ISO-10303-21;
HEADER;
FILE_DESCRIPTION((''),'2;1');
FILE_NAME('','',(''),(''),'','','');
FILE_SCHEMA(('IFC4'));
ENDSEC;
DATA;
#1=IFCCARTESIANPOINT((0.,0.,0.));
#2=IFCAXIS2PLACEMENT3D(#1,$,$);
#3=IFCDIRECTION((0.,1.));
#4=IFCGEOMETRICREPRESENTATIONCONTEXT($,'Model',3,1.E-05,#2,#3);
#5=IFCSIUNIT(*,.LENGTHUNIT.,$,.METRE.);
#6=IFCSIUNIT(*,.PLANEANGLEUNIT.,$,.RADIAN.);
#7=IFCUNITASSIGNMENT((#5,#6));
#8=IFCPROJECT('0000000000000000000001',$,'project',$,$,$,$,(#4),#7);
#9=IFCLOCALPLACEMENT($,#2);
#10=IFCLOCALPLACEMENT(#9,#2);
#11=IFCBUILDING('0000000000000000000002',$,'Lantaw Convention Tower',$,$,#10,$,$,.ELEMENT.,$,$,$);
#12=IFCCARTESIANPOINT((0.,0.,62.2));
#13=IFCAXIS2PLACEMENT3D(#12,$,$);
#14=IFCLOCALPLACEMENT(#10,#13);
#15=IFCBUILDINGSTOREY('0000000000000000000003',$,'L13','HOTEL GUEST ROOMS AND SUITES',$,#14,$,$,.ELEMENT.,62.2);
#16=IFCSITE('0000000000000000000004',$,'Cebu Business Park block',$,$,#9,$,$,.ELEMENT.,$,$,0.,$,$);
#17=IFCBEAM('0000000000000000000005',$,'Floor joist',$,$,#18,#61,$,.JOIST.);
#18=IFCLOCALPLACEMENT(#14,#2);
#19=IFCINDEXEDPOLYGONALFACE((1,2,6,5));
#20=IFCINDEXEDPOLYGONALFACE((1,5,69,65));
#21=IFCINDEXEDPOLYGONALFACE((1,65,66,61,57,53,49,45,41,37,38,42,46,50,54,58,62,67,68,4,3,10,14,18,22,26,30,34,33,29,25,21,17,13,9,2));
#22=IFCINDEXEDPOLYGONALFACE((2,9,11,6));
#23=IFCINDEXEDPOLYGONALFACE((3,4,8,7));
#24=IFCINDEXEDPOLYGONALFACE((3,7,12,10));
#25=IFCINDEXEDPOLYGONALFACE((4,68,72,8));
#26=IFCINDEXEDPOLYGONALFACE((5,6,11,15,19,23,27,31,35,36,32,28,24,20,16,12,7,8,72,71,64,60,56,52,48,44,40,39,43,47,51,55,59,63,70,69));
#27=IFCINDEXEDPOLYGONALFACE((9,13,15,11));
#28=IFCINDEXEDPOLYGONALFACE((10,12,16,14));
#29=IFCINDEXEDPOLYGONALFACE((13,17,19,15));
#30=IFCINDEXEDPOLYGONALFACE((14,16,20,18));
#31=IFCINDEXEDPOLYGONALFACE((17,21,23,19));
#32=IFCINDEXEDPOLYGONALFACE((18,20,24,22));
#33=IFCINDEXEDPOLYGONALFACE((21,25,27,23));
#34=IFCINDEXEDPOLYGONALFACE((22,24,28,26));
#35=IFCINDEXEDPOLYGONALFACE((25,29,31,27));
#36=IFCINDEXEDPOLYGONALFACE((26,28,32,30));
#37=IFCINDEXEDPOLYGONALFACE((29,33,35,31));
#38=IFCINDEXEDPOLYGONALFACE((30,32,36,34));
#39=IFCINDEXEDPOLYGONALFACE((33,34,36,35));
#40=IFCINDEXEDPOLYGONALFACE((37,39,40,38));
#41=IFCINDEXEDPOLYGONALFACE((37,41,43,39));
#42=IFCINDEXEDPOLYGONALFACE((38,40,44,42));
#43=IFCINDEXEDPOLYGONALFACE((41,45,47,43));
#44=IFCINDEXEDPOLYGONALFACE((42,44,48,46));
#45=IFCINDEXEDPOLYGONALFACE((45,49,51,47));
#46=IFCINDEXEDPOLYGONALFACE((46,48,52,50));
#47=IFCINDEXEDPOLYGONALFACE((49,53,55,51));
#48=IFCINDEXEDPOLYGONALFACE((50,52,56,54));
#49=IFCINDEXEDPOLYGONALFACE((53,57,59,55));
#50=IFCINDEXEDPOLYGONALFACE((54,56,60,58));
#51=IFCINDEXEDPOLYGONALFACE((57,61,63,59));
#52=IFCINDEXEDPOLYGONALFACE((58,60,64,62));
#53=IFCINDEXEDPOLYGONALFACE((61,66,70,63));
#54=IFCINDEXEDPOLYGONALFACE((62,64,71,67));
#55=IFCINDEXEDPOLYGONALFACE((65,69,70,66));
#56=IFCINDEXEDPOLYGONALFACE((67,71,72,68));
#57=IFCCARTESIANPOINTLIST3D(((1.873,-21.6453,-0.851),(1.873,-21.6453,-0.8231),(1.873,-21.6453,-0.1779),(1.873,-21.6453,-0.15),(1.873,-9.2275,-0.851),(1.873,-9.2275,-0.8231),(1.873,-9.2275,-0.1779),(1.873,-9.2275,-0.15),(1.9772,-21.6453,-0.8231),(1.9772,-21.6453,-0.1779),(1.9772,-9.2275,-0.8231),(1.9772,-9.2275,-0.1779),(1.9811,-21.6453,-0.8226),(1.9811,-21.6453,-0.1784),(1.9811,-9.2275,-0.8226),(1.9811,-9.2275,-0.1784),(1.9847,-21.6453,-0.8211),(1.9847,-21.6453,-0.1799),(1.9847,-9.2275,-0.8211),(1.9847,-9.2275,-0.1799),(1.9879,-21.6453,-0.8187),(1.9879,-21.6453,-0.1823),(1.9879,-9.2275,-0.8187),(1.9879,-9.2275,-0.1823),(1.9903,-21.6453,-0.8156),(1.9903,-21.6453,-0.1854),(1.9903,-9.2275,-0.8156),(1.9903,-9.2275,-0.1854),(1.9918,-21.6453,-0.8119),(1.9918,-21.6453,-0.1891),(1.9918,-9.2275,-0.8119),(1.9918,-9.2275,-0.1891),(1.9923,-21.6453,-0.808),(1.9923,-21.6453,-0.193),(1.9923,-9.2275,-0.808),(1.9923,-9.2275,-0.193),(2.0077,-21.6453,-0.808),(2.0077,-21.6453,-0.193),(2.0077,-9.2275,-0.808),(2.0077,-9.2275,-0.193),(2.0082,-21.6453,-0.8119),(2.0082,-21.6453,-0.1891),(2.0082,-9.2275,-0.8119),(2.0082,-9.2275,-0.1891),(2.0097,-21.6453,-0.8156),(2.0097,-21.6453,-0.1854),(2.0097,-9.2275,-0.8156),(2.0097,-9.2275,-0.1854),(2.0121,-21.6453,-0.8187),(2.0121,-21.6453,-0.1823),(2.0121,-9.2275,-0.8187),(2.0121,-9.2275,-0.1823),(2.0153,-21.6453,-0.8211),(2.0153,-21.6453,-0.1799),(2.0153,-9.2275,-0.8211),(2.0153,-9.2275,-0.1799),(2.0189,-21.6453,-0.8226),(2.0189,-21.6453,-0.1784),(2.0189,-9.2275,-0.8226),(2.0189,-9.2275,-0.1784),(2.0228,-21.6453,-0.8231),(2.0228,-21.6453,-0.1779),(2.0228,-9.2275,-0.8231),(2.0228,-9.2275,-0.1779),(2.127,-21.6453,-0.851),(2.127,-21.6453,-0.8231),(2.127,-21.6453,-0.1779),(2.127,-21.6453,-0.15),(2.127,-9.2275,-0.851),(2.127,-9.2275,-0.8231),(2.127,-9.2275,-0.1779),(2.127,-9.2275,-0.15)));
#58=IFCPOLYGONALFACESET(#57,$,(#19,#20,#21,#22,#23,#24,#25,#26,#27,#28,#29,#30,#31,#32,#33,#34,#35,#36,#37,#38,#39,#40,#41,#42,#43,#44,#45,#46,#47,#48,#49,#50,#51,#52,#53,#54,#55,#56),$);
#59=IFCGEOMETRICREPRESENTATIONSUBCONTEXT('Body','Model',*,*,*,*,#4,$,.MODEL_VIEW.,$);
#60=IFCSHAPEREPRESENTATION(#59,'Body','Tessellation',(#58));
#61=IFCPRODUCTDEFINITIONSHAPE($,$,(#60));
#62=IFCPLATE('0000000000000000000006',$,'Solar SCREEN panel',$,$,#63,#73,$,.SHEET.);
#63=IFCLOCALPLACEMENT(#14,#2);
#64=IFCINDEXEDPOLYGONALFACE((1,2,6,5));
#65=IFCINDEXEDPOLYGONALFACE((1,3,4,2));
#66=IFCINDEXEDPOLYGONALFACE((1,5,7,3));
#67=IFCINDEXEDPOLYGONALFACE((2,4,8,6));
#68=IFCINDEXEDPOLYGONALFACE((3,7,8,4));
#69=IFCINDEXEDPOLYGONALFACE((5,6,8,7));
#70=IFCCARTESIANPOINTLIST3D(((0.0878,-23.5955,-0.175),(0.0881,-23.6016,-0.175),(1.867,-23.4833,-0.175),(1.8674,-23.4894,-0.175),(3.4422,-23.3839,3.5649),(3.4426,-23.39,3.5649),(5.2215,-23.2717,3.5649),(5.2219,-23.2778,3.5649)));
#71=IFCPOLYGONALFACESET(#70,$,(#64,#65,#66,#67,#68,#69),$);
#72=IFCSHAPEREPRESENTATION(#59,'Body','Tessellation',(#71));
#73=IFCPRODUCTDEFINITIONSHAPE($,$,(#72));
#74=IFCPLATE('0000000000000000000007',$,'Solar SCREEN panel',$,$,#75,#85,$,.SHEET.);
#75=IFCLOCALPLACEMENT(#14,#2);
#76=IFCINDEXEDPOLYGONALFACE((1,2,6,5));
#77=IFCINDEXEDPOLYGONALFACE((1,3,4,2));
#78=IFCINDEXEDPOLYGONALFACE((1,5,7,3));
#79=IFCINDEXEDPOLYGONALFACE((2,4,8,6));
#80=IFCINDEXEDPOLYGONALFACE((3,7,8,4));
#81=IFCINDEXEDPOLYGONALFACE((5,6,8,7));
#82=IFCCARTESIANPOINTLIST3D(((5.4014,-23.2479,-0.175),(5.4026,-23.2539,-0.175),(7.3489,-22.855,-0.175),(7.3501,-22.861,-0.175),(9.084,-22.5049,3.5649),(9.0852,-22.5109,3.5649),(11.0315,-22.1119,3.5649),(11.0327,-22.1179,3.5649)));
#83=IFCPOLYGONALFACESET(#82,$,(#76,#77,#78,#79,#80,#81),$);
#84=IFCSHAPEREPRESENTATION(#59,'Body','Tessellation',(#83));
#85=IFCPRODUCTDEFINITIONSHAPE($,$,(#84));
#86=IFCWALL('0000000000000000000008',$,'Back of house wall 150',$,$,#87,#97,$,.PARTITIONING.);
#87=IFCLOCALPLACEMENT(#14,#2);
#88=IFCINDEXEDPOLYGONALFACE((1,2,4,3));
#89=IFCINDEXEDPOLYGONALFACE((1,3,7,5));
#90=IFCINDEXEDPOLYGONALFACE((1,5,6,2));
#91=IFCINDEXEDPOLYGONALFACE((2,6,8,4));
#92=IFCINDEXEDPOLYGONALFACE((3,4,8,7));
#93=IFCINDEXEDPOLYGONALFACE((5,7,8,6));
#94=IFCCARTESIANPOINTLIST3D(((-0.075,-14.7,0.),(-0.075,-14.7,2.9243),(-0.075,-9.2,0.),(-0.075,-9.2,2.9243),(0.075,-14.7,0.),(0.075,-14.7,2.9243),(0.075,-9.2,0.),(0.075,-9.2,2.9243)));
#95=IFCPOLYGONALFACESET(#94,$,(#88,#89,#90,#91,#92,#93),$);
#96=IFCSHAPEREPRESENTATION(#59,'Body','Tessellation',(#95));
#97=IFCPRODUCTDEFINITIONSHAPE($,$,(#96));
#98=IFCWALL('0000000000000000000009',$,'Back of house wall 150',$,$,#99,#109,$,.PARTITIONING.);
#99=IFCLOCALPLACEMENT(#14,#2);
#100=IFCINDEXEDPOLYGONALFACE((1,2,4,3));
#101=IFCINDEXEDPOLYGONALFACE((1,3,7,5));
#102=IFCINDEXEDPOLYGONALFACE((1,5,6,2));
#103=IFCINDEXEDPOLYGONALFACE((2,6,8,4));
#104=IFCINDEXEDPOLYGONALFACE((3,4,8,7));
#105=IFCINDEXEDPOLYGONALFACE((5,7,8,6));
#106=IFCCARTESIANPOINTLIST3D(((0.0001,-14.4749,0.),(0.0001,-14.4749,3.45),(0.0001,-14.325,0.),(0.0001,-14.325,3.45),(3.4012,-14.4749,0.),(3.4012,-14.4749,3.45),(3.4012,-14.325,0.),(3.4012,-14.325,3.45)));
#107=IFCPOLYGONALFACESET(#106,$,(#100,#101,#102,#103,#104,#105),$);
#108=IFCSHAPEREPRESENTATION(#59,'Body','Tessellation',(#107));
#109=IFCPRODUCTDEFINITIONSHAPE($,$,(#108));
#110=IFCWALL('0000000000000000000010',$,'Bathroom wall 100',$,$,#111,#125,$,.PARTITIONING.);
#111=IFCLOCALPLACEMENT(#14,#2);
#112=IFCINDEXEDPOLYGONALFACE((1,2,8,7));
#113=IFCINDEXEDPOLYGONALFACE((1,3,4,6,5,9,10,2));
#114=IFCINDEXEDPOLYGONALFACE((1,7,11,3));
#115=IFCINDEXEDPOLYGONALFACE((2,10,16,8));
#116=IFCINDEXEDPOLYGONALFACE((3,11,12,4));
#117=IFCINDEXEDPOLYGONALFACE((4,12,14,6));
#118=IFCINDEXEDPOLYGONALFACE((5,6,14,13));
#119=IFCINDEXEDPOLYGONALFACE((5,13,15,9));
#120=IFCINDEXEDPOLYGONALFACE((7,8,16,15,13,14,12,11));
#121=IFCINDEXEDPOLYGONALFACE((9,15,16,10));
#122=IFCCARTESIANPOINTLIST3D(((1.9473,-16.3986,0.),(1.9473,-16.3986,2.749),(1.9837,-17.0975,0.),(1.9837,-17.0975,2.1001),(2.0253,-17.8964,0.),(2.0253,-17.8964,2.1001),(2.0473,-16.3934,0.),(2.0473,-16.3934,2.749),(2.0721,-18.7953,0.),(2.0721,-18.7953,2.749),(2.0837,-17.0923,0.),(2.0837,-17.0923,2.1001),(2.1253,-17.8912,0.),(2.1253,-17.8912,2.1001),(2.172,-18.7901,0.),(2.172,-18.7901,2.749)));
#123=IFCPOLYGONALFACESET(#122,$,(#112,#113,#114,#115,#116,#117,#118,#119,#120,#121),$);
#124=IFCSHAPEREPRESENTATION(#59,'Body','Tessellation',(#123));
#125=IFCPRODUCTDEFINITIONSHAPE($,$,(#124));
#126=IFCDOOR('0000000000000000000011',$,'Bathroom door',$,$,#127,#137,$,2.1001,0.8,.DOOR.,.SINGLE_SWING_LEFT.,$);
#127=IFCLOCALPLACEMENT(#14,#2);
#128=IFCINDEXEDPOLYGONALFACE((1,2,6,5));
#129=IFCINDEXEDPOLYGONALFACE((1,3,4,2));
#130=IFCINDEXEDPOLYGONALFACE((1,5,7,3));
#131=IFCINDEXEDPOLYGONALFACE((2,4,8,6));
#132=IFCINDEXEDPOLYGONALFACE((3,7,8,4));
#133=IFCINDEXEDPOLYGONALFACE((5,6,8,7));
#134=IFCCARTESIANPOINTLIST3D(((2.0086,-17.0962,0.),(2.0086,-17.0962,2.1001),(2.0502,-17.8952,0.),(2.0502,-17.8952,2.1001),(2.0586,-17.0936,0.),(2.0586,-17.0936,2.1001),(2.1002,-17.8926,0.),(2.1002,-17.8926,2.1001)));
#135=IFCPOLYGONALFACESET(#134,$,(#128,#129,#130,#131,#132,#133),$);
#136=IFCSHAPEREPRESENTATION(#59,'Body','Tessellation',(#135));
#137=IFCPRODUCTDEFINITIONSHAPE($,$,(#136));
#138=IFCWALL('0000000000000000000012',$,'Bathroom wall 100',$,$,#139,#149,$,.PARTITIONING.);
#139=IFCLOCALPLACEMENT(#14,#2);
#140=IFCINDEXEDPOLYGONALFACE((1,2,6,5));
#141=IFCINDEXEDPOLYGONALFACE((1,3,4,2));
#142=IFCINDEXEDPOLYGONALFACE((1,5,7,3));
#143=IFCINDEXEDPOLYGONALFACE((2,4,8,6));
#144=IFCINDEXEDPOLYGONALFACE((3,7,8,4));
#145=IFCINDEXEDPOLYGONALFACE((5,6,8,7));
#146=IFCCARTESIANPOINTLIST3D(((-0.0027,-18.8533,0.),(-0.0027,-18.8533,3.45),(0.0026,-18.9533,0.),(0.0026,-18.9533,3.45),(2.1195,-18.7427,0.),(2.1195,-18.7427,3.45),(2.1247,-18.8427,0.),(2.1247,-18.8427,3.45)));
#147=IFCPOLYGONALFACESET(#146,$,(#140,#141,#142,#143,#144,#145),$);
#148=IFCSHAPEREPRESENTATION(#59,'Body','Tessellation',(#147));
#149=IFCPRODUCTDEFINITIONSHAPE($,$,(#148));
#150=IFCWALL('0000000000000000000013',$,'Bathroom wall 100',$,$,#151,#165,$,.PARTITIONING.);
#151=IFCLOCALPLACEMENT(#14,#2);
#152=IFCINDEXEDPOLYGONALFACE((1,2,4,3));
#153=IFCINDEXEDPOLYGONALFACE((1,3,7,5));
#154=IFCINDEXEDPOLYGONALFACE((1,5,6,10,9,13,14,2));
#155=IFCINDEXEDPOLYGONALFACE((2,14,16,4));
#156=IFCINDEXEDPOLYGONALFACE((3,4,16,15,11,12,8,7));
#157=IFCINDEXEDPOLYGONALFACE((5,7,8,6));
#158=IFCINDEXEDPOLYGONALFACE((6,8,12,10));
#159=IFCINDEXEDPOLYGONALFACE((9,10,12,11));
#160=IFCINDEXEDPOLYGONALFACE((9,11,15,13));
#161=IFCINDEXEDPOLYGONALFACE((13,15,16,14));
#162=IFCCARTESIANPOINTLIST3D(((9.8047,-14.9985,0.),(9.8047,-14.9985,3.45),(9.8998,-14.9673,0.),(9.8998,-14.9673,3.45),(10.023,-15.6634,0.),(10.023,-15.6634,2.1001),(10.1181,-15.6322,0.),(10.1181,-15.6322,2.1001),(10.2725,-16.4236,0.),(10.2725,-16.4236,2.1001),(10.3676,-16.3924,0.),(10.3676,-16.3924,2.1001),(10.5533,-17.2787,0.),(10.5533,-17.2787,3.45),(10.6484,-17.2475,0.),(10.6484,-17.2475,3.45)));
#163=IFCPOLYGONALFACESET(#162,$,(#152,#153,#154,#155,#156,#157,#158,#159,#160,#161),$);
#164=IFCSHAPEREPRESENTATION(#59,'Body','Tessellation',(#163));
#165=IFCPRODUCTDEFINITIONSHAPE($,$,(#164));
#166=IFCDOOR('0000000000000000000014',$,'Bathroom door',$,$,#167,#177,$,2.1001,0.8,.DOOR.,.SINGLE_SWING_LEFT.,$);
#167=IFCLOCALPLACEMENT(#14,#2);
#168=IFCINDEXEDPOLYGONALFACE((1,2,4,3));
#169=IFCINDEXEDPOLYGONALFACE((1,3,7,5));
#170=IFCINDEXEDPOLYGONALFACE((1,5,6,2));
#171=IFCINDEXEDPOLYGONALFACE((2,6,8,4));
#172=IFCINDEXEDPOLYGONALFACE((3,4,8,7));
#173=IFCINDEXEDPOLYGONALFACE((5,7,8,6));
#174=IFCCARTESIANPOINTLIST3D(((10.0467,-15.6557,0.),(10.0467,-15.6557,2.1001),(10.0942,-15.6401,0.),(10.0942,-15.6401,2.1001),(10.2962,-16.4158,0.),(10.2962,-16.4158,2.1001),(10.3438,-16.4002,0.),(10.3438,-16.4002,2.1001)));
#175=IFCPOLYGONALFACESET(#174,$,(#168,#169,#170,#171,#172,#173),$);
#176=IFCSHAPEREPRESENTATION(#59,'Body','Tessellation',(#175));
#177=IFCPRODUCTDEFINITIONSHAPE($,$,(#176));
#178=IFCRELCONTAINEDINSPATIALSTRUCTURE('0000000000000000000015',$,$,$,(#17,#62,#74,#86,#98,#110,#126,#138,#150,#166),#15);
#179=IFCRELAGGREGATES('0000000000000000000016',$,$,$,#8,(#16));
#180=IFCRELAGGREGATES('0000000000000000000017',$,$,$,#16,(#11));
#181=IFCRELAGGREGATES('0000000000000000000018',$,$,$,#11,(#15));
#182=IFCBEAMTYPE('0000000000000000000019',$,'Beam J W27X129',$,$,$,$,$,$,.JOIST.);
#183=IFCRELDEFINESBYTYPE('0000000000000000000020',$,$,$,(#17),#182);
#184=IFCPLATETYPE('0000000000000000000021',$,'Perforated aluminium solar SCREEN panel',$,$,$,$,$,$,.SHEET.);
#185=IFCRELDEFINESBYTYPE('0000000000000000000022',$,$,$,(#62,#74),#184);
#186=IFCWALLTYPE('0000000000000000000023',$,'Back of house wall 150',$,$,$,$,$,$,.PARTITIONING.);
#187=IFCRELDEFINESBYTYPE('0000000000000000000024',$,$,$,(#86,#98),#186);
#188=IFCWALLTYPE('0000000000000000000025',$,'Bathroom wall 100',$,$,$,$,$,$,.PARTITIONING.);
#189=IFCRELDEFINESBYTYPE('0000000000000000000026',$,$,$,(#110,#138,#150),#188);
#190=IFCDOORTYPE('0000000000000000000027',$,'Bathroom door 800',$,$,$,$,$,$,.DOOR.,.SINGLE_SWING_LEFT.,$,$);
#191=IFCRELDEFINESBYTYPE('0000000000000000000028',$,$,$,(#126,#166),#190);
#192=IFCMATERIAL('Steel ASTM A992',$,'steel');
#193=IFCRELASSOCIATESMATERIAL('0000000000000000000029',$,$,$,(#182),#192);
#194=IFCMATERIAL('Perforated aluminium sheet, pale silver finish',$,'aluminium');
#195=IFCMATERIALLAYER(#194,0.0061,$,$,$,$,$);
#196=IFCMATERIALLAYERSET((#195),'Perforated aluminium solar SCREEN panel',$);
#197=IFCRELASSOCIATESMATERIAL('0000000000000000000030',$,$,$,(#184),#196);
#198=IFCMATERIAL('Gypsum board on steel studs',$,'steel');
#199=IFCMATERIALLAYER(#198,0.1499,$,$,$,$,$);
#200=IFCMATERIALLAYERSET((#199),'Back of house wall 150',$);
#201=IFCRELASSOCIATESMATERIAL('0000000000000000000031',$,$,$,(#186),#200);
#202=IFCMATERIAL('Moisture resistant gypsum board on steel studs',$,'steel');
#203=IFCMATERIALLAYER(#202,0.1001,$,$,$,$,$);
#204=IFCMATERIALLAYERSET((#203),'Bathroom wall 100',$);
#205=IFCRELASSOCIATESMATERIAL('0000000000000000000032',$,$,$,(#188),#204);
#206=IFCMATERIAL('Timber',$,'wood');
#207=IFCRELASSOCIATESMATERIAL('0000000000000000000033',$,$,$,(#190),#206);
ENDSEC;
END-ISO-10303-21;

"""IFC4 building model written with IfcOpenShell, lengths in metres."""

from ifc_helpers import new_model, si_unit, direction, frame, frame_2d, origin, origin_2d, place, context, subcontext, project, spatial, polyline, rectangle, i_section, outline, extrude, material, layer, layer_set, material_profile, profile_set, type_object, element, fill, save


model = new_model("IFC4")

# Units and contexts
model_context = context("Model", 3, precision=1e-05, world=origin(), true_north=direction((0.0, 1.0)))
body_context = subcontext(model_context, "Body", "Model", "MODEL_VIEW")
ifc_project = project(units=[si_unit("LENGTHUNIT", "METRE"), si_unit("PLANEANGLEUNIT", "RADIAN")], contexts=[model_context])

# Site, building, storey
site_placement = place(None, origin())
site = spatial("IfcSite", under=ifc_project, at=site_placement, Name="Cebu Business Park block", CompositionType="ELEMENT", RefElevation=0.0)
building_placement = place(site_placement, origin())
building = spatial("IfcBuilding", under=site, at=building_placement, Name="Lantaw Convention Tower", CompositionType="ELEMENT")
storey_placement = place(building_placement, frame((0.0, 0.0, 62.2)))
storey = spatial("IfcBuildingStorey", under=building, at=storey_placement, Name="L13", Description="HOTEL GUEST ROOMS AND SUITES", CompositionType="ELEMENT", Elevation=62.2)

# Beam
ifc_material_1 = material(Name="Steel ASTM A992", Category="steel")
ifc_material_profile_1 = material_profile(ifc_material_1, i_section(OverallWidth=0.2539, OverallDepth=0.7009, WebThickness=0.0154, FlangeThickness=0.0278, FilletRadius=0.0151, at=origin_2d()), Name="W27X129")
ifc_profile_set_1 = profile_set([ifc_material_profile_1], Name="Steel ASTM A992")
beam_type_1 = type_object("IfcBeamType", Name="Beam J W27X129", PredefinedType="JOIST", material=ifc_profile_set_1)
beam_1_placement = place(storey_placement, frame((2.0, -21.6453, -0.5005), z_axis=(0.0, 1.0, 0.0), x_axis=(-1.0, 0.0, 0.0)))
element("IfcBeam", 1, at=beam_1_placement, inside=storey, type_object=beam_type_1, Name="Floor joist", PredefinedType="JOIST", context=body_context, shape_type="SweptSolid", body=[
    extrude(i_section(OverallWidth=0.2539, OverallDepth=0.7009, WebThickness=0.0154, FlangeThickness=0.0278, FilletRadius=0.0151, at=origin_2d()), origin(), (0.0, 0.0, 1.0), 12.4177),
])

# Plates
ifc_material_2 = material(Name="Perforated aluminium sheet, pale silver finish", Category="aluminium")
ifc_layer_1 = layer(ifc_material_2, 0.0061)
ifc_layer_set_1 = layer_set([ifc_layer_1], Name="Perforated aluminium solar SCREEN panel")
plate_type = type_object("IfcPlateType", Name="Perforated aluminium solar SCREEN panel", PredefinedType="SHEET", material=ifc_layer_set_1)
plate_1_placement = place(storey_placement, frame((0.0881, -23.6016, -0.175), z_axis=(0.062924, -0.998018, 0.000014), x_axis=(0.998018, 0.062924, 0.0)))
element("IfcPlate", 2, at=plate_1_placement, inside=storey, type_object=plate_type, Name="Solar SCREEN panel", PredefinedType="SHEET", context=body_context, shape_type="SweptSolid", body=[
    extrude(outline(polyline([(0.0, 0.0), (1.7828, 0.0), (5.144, 3.74), (3.3611, 3.74), (0.0, 0.0)])), origin(), (0.0, 0.0, -1.0), 0.0061),
])
plate_2_placement = place(storey_placement, frame((5.4026, -23.2539, -0.175), z_axis=(0.197782, -0.980246, 0.000002), x_axis=(0.980246, 0.197782, 0.0)))
element("IfcPlate", 3, at=plate_2_placement, inside=storey, type_object=plate_type, Name="Solar SCREEN panel", PredefinedType="SHEET", context=body_context, shape_type="SweptSolid", body=[
    extrude(outline(polyline([(0.0, 0.0), (1.9867, 0.0), (5.7436, 3.74), (3.7568, 3.74), (0.0, 0.0)])), origin(), (0.0, 0.0, -1.0), 0.0061),
])

# Walls
ifc_material_3 = material(Name="Gypsum board on steel studs", Category="steel")
ifc_layer_2 = layer(ifc_material_3, 0.1499)
ifc_layer_set_2 = layer_set([ifc_layer_2], Name="Back of house wall 150")
wall_type_1 = type_object("IfcWallType", Name="Back of house wall 150", PredefinedType="PARTITIONING", material=ifc_layer_set_2)
wall_1_placement = place(storey_placement, frame((0.0, -9.2, 0.0), z_axis=(0.0, 0.0, 1.0), x_axis=(0.0, -1.0, 0.0)))
element("IfcWall", 4, at=wall_1_placement, inside=storey, type_object=wall_type_1, Name="Back of house wall 150", PredefinedType="PARTITIONING", context=body_context, shape_type="SweptSolid", body=[
    extrude(rectangle(XDim=5.5, YDim=0.1499, at=frame_2d((2.75, 0.0))), origin(), (0.0, 0.0, 1.0), 2.9243),
])
wall_2_placement = place(storey_placement, frame((0.0, -14.3999, 0.0), z_axis=(0.0, 0.0, 1.0), x_axis=(1.0, 0.0, 0.0)))
element("IfcWall", 5, at=wall_2_placement, inside=storey, type_object=wall_type_1, Name="Back of house wall 150", PredefinedType="PARTITIONING", context=body_context, shape_type="SweptSolid", body=[
    extrude(rectangle(XDim=3.4011, YDim=0.1499, at=frame_2d((1.7007, 0.0))), origin(), (0.0, 0.0, 1.0), 3.45),
])

# Wall, opening, door
ifc_material_4 = material(Name="Moisture resistant gypsum board on steel studs", Category="steel")
ifc_layer_3 = layer(ifc_material_4, 0.1001)
ifc_layer_set_3 = layer_set([ifc_layer_3], Name="Bathroom wall 100")
wall_type_2 = type_object("IfcWallType", Name="Bathroom wall 100", PredefinedType="PARTITIONING", material=ifc_layer_set_3)
wall_3_placement = place(storey_placement, frame((1.9973, -16.396, 0.0), z_axis=(0.0, 0.0, 1.0), x_axis=(0.051982, -0.998648, 0.0)))
wall_3 = element("IfcWall", 6, at=wall_3_placement, inside=storey, type_object=wall_type_2, Name="Bathroom wall 100", PredefinedType="PARTITIONING", context=body_context, shape_type="SweptSolid", body=[
    extrude(rectangle(XDim=2.3999, YDim=0.1001, at=frame_2d((1.2, 0.0))), origin(), (0.0, 0.0, 1.0), 2.749),
])
opening_1_placement = place(wall_3_placement, frame((0.7, 0.0, 0.0)))
opening_1 = element("IfcOpeningElement", 7, at=opening_1_placement, cuts=wall_3, PredefinedType="OPENING", context=body_context, shape_type="SweptSolid", body=[
    extrude(rectangle(XDim=0.8, YDim=2.1001, at=frame_2d((0.3999, 1.05))), frame((0.0, 0.0601, 0.0), z_axis=(0.0, -1.0, 0.0), x_axis=(1.0, 0.0, 0.0)), (0.0, 0.0, 1.0), 0.1201),
])
ifc_material_5 = material(Name="Timber", Category="wood")
door_type_1 = type_object("IfcDoorType", Name="Bathroom door 800", OperationType="SINGLE_SWING_LEFT", PredefinedType="DOOR", material=ifc_material_5)
door_1_placement = place(opening_1_placement, origin())
door_1 = element("IfcDoor", 8, at=door_1_placement, inside=storey, type_object=door_type_1, Name="Bathroom door", OperationType="SINGLE_SWING_LEFT", OverallHeight=2.1001, OverallWidth=0.8, PredefinedType="DOOR", context=body_context, shape_type="SweptSolid", body=[
    extrude(rectangle(XDim=0.8, YDim=2.1001, at=frame_2d((0.3999, 1.05))), frame((0.0, 0.0249, 0.0), z_axis=(0.0, -1.0, 0.0), x_axis=(1.0, 0.0, 0.0)), (0.0, 0.0, 1.0), 0.05),
])
fill(opening_1, door_1)

# Wall
wall_4_placement = place(storey_placement, frame((2.1221, -18.7927, 0.0), z_axis=(0.0, 0.0, 1.0), x_axis=(-0.998645, -0.052046, 0.0)))
element("IfcWall", 9, at=wall_4_placement, inside=storey, type_object=wall_type_2, Name="Bathroom wall 100", PredefinedType="PARTITIONING", context=body_context, shape_type="SweptSolid", body=[
    extrude(rectangle(XDim=2.125, YDim=0.1001, at=frame_2d((1.0625, 0.0))), origin(), (0.0, 0.0, 1.0), 3.45),
])

# Wall, opening, door
wall_5_placement = place(storey_placement, frame((9.8523, -14.9829, 0.0), z_axis=(0.0, 0.0, 1.0), x_axis=(0.311891, -0.950118, 0.0)))
wall_5 = element("IfcWall", 10, at=wall_5_placement, inside=storey, type_object=wall_type_2, Name="Bathroom wall 100", PredefinedType="PARTITIONING", context=body_context, shape_type="SweptSolid", body=[
    extrude(rectangle(XDim=2.3999, YDim=0.1001, at=frame_2d((1.2, 0.0))), origin(), (0.0, 0.0, 1.0), 3.45),
])
opening_2_placement = place(wall_5_placement, frame((0.7, 0.0, 0.0)))
opening_2 = element("IfcOpeningElement", 11, at=opening_2_placement, cuts=wall_5, PredefinedType="OPENING", context=body_context, shape_type="SweptSolid", body=[
    extrude(rectangle(XDim=0.8, YDim=2.1001, at=frame_2d((0.3999, 1.05))), frame((0.0, 0.0601, 0.0), z_axis=(0.0, -1.0, 0.0), x_axis=(1.0, 0.0, 0.0)), (0.0, 0.0, 1.0), 0.1201),
])
door_2_placement = place(opening_2_placement, origin())
door_2 = element("IfcDoor", 12, at=door_2_placement, inside=storey, type_object=door_type_1, Name="Bathroom door", OperationType="SINGLE_SWING_LEFT", OverallHeight=2.1001, OverallWidth=0.8, PredefinedType="DOOR", context=body_context, shape_type="SweptSolid", body=[
    extrude(rectangle(XDim=0.8, YDim=2.1001, at=frame_2d((0.3999, 1.05))), frame((0.0, 0.0249, 0.0), z_axis=(0.0, -1.0, 0.0), x_axis=(1.0, 0.0, 0.0)), (0.0, 0.0, 1.0), 0.05),
])
fill(opening_2, door_2)

save(model, "model.ifc")
